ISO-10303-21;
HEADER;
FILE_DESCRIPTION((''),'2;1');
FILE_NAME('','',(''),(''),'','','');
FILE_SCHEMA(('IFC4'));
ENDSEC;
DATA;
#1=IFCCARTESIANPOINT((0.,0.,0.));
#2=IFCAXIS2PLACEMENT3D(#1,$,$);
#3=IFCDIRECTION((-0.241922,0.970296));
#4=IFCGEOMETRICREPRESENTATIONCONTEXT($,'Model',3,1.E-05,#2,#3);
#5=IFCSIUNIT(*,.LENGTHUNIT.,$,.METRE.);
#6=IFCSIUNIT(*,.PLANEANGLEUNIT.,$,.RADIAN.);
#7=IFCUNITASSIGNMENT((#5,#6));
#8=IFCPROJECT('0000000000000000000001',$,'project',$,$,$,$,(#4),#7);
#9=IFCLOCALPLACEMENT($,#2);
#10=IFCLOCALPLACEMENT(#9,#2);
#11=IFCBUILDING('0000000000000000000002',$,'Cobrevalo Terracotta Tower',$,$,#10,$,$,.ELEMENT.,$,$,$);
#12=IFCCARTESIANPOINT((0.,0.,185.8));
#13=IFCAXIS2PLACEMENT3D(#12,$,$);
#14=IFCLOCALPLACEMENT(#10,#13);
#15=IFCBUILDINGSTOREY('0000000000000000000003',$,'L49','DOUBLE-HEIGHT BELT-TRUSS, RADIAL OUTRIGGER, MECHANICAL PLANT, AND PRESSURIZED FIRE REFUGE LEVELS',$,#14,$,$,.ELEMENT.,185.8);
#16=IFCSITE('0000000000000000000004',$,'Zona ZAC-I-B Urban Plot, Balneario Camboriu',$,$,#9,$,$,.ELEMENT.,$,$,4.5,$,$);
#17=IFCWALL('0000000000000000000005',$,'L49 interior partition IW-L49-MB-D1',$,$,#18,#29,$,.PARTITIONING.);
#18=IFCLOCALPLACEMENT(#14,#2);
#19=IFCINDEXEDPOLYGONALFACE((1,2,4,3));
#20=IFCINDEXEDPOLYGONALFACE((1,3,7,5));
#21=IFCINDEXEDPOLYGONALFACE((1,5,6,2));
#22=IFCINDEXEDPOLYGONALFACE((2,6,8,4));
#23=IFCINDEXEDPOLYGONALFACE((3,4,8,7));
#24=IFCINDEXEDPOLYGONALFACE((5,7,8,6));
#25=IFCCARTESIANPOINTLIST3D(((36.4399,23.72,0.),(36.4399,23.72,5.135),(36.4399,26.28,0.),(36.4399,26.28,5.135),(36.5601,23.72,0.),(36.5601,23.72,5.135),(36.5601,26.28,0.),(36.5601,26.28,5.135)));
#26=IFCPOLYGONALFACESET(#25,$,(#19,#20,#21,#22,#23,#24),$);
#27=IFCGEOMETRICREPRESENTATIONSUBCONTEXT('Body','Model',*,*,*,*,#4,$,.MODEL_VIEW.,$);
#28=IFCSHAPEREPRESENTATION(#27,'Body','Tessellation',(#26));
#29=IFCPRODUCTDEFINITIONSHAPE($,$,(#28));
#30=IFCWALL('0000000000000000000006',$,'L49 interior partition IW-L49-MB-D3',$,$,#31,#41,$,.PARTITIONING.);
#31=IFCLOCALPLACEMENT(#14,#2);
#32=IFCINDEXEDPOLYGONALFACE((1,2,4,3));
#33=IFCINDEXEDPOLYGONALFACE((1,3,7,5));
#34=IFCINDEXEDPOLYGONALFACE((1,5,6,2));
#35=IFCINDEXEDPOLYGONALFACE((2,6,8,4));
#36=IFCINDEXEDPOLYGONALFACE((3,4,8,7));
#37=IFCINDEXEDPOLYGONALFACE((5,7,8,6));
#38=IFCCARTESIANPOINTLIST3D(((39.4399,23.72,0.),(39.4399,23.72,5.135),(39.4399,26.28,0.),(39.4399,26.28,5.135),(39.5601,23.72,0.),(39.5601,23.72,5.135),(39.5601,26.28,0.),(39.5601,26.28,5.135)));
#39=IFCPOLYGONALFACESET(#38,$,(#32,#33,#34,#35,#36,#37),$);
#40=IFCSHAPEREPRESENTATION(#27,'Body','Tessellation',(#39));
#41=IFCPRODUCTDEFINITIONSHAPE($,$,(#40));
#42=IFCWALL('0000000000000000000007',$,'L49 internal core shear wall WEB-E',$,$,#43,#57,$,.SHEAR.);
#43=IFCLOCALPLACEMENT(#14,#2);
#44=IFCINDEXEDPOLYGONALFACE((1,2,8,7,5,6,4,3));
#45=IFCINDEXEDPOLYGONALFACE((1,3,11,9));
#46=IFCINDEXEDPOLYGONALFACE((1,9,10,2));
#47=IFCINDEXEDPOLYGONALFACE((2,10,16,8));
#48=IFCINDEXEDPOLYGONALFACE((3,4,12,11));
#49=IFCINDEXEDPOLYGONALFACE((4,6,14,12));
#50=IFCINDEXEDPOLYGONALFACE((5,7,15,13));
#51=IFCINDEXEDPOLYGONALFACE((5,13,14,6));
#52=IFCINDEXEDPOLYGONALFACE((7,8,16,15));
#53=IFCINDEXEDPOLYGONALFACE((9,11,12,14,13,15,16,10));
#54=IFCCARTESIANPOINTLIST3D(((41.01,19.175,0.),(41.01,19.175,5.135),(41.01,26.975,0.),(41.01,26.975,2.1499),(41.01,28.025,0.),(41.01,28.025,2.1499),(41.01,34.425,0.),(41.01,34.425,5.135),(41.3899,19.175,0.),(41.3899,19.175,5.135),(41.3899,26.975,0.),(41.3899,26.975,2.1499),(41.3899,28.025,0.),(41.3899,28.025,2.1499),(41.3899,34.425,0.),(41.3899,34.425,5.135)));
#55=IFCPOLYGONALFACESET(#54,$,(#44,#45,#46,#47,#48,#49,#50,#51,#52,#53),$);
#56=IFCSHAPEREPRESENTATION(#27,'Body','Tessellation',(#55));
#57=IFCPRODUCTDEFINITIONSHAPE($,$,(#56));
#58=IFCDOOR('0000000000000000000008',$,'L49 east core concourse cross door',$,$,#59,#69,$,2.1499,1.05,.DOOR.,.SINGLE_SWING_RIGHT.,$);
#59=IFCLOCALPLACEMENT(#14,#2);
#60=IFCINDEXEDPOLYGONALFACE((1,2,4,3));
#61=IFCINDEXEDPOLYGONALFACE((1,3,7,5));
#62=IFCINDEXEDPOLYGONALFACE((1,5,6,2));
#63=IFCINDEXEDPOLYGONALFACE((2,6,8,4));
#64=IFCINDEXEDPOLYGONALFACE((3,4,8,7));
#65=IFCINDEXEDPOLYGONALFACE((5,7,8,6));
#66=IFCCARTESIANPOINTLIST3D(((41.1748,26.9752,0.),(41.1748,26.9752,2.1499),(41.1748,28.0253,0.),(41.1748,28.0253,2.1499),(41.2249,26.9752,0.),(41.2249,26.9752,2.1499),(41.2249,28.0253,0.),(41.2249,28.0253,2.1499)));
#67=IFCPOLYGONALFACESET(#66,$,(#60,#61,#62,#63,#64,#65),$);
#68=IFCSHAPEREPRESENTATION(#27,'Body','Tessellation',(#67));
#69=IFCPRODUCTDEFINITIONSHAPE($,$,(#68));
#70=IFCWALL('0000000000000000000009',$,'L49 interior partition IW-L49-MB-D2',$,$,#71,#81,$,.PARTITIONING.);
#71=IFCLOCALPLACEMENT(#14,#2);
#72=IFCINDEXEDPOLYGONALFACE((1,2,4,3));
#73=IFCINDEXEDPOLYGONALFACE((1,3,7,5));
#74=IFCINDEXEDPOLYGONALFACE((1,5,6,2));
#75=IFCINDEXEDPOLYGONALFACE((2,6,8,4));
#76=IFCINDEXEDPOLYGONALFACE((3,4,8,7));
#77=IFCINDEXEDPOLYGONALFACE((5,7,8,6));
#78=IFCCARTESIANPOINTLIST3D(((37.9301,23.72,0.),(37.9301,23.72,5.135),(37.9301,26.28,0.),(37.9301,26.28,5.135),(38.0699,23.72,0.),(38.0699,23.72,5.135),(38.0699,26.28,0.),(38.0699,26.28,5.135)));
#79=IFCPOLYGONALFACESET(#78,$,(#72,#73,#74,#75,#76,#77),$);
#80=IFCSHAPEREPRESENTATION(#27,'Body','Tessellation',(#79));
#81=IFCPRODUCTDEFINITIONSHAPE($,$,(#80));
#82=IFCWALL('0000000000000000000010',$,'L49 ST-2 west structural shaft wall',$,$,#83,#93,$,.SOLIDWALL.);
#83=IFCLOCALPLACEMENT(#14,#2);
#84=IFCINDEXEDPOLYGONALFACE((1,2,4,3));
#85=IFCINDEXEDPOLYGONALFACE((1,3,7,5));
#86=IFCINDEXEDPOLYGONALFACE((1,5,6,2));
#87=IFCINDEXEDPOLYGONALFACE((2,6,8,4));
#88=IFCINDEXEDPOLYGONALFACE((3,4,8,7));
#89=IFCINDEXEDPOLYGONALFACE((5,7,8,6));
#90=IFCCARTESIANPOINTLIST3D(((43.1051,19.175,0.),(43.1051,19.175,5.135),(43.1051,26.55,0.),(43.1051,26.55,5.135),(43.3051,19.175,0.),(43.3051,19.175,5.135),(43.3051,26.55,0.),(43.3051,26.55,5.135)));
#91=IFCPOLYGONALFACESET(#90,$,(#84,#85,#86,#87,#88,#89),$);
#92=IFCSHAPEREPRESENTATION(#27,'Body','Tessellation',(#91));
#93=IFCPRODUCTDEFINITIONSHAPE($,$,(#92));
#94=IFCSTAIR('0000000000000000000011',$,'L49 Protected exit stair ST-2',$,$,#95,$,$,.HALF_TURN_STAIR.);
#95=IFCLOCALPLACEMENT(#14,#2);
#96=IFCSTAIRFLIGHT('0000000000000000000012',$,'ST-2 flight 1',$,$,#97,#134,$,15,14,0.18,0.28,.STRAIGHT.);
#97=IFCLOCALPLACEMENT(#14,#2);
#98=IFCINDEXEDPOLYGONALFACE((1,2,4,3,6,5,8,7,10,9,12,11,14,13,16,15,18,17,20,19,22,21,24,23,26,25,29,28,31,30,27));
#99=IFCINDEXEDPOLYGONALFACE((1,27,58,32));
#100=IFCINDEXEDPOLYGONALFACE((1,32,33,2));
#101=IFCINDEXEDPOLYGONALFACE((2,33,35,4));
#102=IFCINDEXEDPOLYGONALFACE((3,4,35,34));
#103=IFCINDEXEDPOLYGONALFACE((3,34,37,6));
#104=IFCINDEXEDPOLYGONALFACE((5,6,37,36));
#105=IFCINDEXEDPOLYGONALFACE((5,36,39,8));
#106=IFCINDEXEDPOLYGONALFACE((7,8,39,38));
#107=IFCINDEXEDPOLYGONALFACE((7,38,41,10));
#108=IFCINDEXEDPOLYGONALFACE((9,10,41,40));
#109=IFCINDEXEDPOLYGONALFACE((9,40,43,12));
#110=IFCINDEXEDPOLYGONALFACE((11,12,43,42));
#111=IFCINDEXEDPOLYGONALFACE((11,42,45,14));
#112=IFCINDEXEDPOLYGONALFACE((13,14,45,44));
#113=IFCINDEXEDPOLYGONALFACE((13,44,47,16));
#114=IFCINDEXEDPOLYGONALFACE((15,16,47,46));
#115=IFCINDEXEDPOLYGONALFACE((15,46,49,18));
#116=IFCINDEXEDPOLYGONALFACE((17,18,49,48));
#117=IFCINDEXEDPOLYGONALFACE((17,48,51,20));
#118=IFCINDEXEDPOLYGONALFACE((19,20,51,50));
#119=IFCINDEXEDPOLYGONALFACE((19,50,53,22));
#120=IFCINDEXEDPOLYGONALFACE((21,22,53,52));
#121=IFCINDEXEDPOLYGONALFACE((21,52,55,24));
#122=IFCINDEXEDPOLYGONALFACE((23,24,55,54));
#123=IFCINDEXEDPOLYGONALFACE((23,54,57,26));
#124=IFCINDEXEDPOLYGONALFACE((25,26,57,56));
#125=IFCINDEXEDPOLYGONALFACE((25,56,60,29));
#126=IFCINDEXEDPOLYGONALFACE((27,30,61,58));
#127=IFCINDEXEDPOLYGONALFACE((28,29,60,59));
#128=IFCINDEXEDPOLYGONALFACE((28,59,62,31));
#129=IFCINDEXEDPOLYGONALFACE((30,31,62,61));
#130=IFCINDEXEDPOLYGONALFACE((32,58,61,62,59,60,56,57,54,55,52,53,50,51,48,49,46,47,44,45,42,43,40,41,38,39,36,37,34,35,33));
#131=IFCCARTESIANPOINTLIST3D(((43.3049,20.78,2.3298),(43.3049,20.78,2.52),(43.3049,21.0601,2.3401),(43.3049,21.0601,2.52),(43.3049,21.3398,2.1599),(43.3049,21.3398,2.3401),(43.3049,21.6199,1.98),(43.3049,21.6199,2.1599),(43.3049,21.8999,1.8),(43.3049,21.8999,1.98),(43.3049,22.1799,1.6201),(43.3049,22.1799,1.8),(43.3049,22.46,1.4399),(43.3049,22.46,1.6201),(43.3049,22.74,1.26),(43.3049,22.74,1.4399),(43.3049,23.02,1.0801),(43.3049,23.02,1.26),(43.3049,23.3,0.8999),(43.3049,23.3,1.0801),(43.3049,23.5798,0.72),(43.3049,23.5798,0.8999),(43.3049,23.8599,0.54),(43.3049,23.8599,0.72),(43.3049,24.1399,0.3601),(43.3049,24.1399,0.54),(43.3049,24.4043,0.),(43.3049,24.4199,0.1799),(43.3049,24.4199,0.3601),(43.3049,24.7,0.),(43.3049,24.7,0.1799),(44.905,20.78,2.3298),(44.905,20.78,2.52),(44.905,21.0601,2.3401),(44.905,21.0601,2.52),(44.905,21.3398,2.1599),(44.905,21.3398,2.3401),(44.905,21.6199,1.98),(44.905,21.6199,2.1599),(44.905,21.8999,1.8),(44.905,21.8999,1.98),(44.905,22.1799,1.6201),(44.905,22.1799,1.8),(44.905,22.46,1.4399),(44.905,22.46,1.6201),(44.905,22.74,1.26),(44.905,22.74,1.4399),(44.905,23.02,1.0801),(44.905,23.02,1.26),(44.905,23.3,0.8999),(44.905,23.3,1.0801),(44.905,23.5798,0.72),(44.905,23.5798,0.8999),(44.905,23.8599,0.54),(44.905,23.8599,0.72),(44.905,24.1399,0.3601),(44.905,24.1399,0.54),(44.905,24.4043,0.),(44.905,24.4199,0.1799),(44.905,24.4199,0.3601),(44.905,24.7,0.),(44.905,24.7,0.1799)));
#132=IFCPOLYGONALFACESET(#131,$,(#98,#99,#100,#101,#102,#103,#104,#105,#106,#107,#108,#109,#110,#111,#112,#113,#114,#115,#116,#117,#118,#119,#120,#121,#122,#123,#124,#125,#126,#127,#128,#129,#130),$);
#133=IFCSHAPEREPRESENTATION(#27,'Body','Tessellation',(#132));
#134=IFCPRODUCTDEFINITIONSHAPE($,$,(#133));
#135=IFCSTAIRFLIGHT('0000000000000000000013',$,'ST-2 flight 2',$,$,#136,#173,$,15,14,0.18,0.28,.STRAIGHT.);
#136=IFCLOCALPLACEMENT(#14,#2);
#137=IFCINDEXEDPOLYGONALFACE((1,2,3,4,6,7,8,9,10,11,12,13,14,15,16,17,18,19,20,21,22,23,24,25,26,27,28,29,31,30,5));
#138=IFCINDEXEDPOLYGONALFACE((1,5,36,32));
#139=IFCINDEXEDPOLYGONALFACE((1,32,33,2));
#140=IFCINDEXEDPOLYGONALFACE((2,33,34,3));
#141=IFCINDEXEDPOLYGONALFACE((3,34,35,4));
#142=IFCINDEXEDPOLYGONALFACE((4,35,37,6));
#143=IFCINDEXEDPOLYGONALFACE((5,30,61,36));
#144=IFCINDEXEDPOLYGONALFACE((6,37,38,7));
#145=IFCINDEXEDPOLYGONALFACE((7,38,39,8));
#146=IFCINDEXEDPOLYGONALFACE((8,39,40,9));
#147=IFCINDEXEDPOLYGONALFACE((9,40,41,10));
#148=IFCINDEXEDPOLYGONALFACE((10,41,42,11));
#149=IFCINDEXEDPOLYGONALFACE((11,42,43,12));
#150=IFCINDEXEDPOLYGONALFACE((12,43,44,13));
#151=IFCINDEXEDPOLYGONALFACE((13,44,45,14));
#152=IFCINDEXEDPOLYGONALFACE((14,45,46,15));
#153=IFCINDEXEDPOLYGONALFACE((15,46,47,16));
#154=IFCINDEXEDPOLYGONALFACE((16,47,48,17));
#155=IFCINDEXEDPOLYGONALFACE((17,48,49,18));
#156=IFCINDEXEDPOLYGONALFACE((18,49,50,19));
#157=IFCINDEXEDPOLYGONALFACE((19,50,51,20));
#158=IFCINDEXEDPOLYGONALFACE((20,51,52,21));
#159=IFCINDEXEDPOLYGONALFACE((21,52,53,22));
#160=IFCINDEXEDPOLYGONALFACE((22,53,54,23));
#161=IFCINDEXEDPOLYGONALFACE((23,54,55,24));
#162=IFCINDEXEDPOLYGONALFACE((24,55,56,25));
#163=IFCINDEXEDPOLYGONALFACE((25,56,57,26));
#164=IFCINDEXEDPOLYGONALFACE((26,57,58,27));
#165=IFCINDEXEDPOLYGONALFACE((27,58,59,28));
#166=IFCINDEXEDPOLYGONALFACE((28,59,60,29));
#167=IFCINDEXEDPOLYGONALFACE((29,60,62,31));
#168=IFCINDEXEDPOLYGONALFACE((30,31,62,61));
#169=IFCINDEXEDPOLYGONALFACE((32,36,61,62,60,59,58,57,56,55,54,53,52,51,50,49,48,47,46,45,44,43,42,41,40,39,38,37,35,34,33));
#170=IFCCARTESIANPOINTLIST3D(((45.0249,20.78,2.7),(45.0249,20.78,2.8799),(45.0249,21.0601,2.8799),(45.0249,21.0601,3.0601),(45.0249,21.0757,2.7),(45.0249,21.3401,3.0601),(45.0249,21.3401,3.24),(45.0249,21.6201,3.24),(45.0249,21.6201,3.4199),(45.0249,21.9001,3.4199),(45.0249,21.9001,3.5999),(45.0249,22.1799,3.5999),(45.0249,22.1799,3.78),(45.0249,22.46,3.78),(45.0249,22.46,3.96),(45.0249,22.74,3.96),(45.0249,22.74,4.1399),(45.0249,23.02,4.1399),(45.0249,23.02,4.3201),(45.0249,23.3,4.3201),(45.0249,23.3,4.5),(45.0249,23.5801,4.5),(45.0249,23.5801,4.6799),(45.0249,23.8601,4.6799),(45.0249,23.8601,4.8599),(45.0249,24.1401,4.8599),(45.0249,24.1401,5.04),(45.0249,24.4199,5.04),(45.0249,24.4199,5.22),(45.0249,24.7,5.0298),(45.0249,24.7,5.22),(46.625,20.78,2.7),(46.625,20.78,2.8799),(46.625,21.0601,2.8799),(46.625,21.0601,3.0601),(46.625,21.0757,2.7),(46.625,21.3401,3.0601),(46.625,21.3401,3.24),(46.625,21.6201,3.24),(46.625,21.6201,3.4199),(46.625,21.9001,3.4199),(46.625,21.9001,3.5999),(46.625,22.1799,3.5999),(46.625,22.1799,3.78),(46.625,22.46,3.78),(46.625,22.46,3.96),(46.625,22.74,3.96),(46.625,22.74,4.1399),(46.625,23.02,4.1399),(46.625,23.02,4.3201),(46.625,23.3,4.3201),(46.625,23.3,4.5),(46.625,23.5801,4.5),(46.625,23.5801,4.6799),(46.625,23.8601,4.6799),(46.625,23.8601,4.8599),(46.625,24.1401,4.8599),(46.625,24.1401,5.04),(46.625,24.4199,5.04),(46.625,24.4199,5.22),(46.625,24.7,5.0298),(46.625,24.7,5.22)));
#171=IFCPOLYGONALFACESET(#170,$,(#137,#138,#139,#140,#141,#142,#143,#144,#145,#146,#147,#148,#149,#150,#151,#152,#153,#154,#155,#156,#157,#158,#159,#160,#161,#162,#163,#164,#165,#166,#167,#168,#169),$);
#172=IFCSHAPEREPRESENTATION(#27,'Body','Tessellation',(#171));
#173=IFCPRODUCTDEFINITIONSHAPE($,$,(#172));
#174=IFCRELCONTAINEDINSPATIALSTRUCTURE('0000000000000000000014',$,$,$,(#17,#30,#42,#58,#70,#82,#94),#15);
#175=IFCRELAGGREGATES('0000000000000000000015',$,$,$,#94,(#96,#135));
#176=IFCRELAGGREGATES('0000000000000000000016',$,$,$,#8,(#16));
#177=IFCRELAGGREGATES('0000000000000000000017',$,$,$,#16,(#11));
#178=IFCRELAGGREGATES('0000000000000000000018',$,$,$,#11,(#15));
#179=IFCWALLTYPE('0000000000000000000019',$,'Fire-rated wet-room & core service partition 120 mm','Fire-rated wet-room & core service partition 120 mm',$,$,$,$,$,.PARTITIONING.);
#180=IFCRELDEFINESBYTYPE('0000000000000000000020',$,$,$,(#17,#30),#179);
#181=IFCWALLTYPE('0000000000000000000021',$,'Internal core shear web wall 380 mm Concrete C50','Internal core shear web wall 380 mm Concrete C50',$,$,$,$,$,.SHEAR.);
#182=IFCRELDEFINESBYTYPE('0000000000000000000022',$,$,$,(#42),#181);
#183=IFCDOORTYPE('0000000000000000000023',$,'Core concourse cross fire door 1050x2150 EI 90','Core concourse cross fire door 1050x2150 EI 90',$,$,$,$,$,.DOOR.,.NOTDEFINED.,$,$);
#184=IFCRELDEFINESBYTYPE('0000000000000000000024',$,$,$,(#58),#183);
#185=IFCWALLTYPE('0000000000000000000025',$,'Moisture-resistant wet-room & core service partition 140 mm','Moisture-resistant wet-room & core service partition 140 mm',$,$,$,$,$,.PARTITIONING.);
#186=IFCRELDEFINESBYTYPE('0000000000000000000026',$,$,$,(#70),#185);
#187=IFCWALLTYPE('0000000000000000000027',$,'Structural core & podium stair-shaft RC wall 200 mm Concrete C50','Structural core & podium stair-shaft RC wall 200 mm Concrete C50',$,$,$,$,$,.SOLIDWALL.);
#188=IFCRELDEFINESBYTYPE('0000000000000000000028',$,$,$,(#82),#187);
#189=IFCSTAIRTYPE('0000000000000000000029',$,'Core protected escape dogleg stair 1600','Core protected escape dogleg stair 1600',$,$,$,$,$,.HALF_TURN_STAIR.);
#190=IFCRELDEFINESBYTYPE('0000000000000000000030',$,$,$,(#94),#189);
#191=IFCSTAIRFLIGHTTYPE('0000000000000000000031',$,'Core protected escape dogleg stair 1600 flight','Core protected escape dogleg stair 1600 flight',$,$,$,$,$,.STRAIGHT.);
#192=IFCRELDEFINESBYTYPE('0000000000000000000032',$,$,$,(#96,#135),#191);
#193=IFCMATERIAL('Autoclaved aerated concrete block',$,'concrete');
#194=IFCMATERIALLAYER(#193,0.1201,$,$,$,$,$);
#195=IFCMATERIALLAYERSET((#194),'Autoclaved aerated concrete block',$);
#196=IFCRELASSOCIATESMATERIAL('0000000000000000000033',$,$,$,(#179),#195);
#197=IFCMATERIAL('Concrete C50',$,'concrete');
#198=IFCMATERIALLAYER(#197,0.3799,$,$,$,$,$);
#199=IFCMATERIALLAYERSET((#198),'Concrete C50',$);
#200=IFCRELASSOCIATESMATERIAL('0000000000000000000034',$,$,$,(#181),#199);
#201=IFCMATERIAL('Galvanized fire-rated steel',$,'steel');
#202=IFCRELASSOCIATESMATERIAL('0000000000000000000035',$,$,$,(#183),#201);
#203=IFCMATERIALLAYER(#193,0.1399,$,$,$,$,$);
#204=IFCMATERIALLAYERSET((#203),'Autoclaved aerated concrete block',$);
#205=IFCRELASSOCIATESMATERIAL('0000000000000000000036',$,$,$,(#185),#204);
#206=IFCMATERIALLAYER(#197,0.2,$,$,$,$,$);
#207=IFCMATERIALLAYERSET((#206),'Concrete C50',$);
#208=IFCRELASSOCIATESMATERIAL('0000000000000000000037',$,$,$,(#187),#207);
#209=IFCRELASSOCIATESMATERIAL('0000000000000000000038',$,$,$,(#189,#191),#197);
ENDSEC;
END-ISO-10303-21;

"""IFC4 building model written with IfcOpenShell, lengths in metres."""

from ifc_helpers import new_model, si_unit, direction, frame, frame_2d, origin, place, context, subcontext, project, spatial, polyline, rectangle, outline, extrude, source, transform, mapped, material, layer, layer_set, type_object, element, fill, aggregate, save


model = new_model("IFC4")

# Units and contexts
model_context = context("Model", 3, precision=1e-05, world=origin(), true_north=direction((-0.241922, 0.970296)))
body_context = subcontext(model_context, "Body", "Model", "MODEL_VIEW")
ifc_project = project(units=[si_unit("LENGTHUNIT", "METRE"), si_unit("PLANEANGLEUNIT", "RADIAN")], contexts=[model_context])

# Site, building, storey
site_placement = place(None, origin())
site = spatial("IfcSite", under=ifc_project, at=site_placement, Name="Zona ZAC-I-B Urban Plot, Balneario Camboriu", CompositionType="ELEMENT", RefElevation=4.5)
building_placement = place(site_placement, origin())
building = spatial("IfcBuilding", under=site, at=building_placement, Name="Cobrevalo Terracotta Tower", CompositionType="ELEMENT")
storey_placement = place(building_placement, frame((0.0, 0.0, 185.8)))
storey = spatial("IfcBuildingStorey", under=building, at=storey_placement, Name="L49", Description="DOUBLE-HEIGHT BELT-TRUSS, RADIAL OUTRIGGER, MECHANICAL PLANT, AND PRESSURIZED FIRE REFUGE LEVELS", CompositionType="ELEMENT", Elevation=185.8)

# Shared definitions
ifc_material_1 = material(Name="Galvanized fire-rated steel", Category="steel")

# Walls
ifc_material_2 = material(Name="Autoclaved aerated concrete block", Category="concrete")
ifc_layer_1 = layer(ifc_material_2, 0.1201)
ifc_layer_set_1 = layer_set([ifc_layer_1], Name="Autoclaved aerated concrete block")
wall_type_1 = type_object("IfcWallType", Name="Fire-rated wet-room & core service partition 120 mm", Description="Fire-rated wet-room & core service partition 120 mm", PredefinedType="PARTITIONING", material=ifc_layer_set_1)
for number, where, z_axis, x_axis, name in (
    (1, (36.5, 23.72, 0.0), (0.0, 0.0, 1.0), (0.0, 1.0, 0.0), "L49 interior partition IW-L49-MB-D1"),
    (2, (39.5, 23.72, 0.0), (0.0, 0.0, 1.0), (0.0, 1.0, 0.0), "L49 interior partition IW-L49-MB-D3"),
):
    element("IfcWall", number, at=place(storey_placement, frame(where, z_axis=z_axis, x_axis=x_axis)), inside=storey, type_object=wall_type_1, Name=name, PredefinedType="PARTITIONING", context=body_context, shape_type="SweptSolid", body=[
        extrude(rectangle(XDim=2.5601, YDim=0.1201, at=frame_2d((1.28, 0.0))), origin(), (0.0, 0.0, 1.0), 5.135),
    ])

# Wall, opening, door
ifc_material_3 = material(Name="Concrete C50", Category="concrete")
ifc_layer_2 = layer(ifc_material_3, 0.3799)
ifc_layer_set_2 = layer_set([ifc_layer_2], Name="Concrete C50")
wall_type_2 = type_object("IfcWallType", Name="Internal core shear web wall 380 mm Concrete C50", Description="Internal core shear web wall 380 mm Concrete C50", PredefinedType="SHEAR", material=ifc_layer_set_2)
wall_1_placement = place(storey_placement, frame((41.2, 19.175, 0.0), z_axis=(0.0, 0.0, 1.0), x_axis=(0.0, 1.0, 0.0)))
wall_1 = element("IfcWall", 3, at=wall_1_placement, inside=storey, type_object=wall_type_2, Name="L49 internal core shear wall WEB-E", PredefinedType="SHEAR", context=body_context, shape_type="SweptSolid", body=[
    extrude(rectangle(XDim=15.25, YDim=0.3799, at=frame_2d((7.625, 0.0))), origin(), (0.0, 0.0, 1.0), 5.135),
])
opening_1_placement = place(wall_1_placement, frame((7.8, 0.0, 0.0)))
opening_1 = element("IfcOpeningElement", 4, at=opening_1_placement, cuts=wall_1, PredefinedType="OPENING", context=body_context, shape_type="SweptSolid", body=[
    extrude(rectangle(XDim=1.05, YDim=2.1499, at=frame_2d((0.5249, 1.075))), frame((0.0, 0.2, 0.0), z_axis=(0.0, -1.0, 0.0), x_axis=(1.0, 0.0, 0.0)), (0.0, 0.0, 1.0), 0.3999),
])
door_type_1 = type_object("IfcDoorType", Name="Core concourse cross fire door 1050x2150 EI 90", Description="Core concourse cross fire door 1050x2150 EI 90", OperationType="NOTDEFINED", PredefinedType="DOOR", material=ifc_material_1)
shared_shape_1 = source(origin(), body_context, "Body", "SweptSolid", [
    extrude(rectangle(XDim=1.05, YDim=2.1499, at=frame_2d((0.5249, 1.075))), frame((0.0, 0.0249, 0.0), z_axis=(0.0, -1.0, 0.0), x_axis=(1.0, 0.0, 0.0)), (0.0, 0.0, 1.0), 0.05),
])
door_1_placement = place(opening_1_placement, frame((1.05, 0.0, 0.0), z_axis=(0.0, 0.0, 1.0), x_axis=(-1.0, 0.0, 0.0)))
door_1 = element("IfcDoor", 5, at=door_1_placement, inside=storey, type_object=door_type_1, Name="L49 east core concourse cross door", OperationType="SINGLE_SWING_RIGHT", OverallHeight=2.1499, OverallWidth=1.05, PredefinedType="DOOR", context=body_context, shape_type="MappedRepresentation", body=[
    mapped(shared_shape_1, transform((0.0, 0.0, 0.0), scale=1.0)),
])
fill(opening_1, door_1)

# Walls
ifc_layer_3 = layer(ifc_material_2, 0.1399)
ifc_layer_set_3 = layer_set([ifc_layer_3], Name="Autoclaved aerated concrete block")
wall_type_3 = type_object("IfcWallType", Name="Moisture-resistant wet-room & core service partition 140 mm", Description="Moisture-resistant wet-room & core service partition 140 mm", PredefinedType="PARTITIONING", material=ifc_layer_set_3)
wall_2_placement = place(storey_placement, frame((38.0, 23.72, 0.0), z_axis=(0.0, 0.0, 1.0), x_axis=(0.0, 1.0, 0.0)))
element("IfcWall", 6, at=wall_2_placement, inside=storey, type_object=wall_type_3, Name="L49 interior partition IW-L49-MB-D2", PredefinedType="PARTITIONING", context=body_context, shape_type="SweptSolid", body=[
    extrude(rectangle(XDim=2.5601, YDim=0.1399, at=frame_2d((1.28, 0.0))), origin(), (0.0, 0.0, 1.0), 5.135),
])
ifc_layer_4 = layer(ifc_material_3, 0.2)
ifc_layer_set_4 = layer_set([ifc_layer_4], Name="Concrete C50")
wall_type_4 = type_object("IfcWallType", Name="Structural core & podium stair-shaft RC wall 200 mm Concrete C50", Description="Structural core & podium stair-shaft RC wall 200 mm Concrete C50", PredefinedType="SOLIDWALL", material=ifc_layer_set_4)
wall_3_placement = place(storey_placement, frame((43.2051, 19.175, 0.0), z_axis=(0.0, 0.0, 1.0), x_axis=(0.0, 1.0, 0.0)))
element("IfcWall", 7, at=wall_3_placement, inside=storey, type_object=wall_type_4, Name="L49 ST-2 west structural shaft wall", PredefinedType="SOLIDWALL", context=body_context, shape_type="SweptSolid", body=[
    extrude(rectangle(XDim=7.375, YDim=0.2, at=frame_2d((3.6875, 0.0))), origin(), (0.0, 0.0, 1.0), 5.135),
])

# Stair, stair flights
stair_type = type_object("IfcStairType", Name="Core protected escape dogleg stair 1600", Description="Core protected escape dogleg stair 1600", PredefinedType="HALF_TURN_STAIR", material=ifc_material_3)
stair_placement = place(storey_placement, origin())
stair = element("IfcStair", 8, at=stair_placement, inside=storey, type_object=stair_type, Name="L49 Protected exit stair ST-2", PredefinedType="HALF_TURN_STAIR")
stair_flight_type = type_object("IfcStairFlightType", Name="Core protected escape dogleg stair 1600 flight", Description="Core protected escape dogleg stair 1600 flight", PredefinedType="STRAIGHT", material=ifc_material_3)
stair_flight_1_placement = place(storey_placement, frame((44.105, 24.7, 0.0), z_axis=(0.0, 0.0, 1.0), x_axis=(0.0, -1.0, 0.0)))
stair_flight_1 = element("IfcStairFlight", 9, at=stair_flight_1_placement, type_object=stair_flight_type, Name="ST-2 flight 1", NumberOfRisers=15, NumberOfTreads=14, PredefinedType="STRAIGHT", RiserHeight=0.18, TreadLength=0.28, context=body_context, shape_type="SweptSolid", body=[
    extrude(outline(polyline([(0.0, 0.0), (0.0, 0.1799), (0.28, 0.1799), (0.28, 0.3601), (0.5601, 0.3601), (0.5601, 0.54), (0.8401, 0.54), (0.8401, 0.72), (1.1201, 0.72), (1.1201, 0.8999), (1.3999, 0.8999), (1.3999, 1.0801), (1.6799, 1.0801), (1.6799, 1.26), (1.96, 1.26), (1.96, 1.4399), (2.24, 1.4399), (2.24, 1.6201), (2.52, 1.6201), (2.52, 1.8), (2.8, 1.8), (2.8, 1.98), (3.0801, 1.98), (3.0801, 2.1599), (3.3601, 2.1599), (3.3601, 2.3401), (3.6399, 2.3401), (3.6399, 2.52), (3.9199, 2.52), (3.9199, 2.7), (3.9199, 2.3298), (0.2957, 0.0), (0.0, 0.0)])), frame((0.0, 0.8, 0.0), z_axis=(0.0, -1.0, 0.0), x_axis=(1.0, 0.0, 0.0)), (0.0, 0.0, 1.0), 1.6001),
])
stair_flight_2_placement = place(storey_placement, frame((45.825, 20.78, 2.7), z_axis=(0.0, 0.0, 1.0), x_axis=(0.0, 1.0, 0.0)))
stair_flight_2 = element("IfcStairFlight", 10, at=stair_flight_2_placement, type_object=stair_flight_type, Name="ST-2 flight 2", NumberOfRisers=15, NumberOfTreads=14, PredefinedType="STRAIGHT", RiserHeight=0.18, TreadLength=0.28, context=body_context, shape_type="SweptSolid", body=[
    extrude(outline(polyline([(0.0, 0.0), (0.0, 0.1799), (0.28, 0.1799), (0.28, 0.3601), (0.5601, 0.3601), (0.5601, 0.54), (0.8401, 0.54), (0.8401, 0.72), (1.1201, 0.72), (1.1201, 0.8999), (1.3999, 0.8999), (1.3999, 1.0801), (1.6799, 1.0801), (1.6799, 1.26), (1.96, 1.26), (1.96, 1.4399), (2.24, 1.4399), (2.24, 1.6201), (2.52, 1.6201), (2.52, 1.8), (2.8, 1.8), (2.8, 1.98), (3.0801, 1.98), (3.0801, 2.1599), (3.3601, 2.1599), (3.3601, 2.3401), (3.6399, 2.3401), (3.6399, 2.52), (3.9199, 2.52), (3.9199, 2.7), (3.9199, 2.3298), (0.2957, 0.0), (0.0, 0.0)])), frame((0.0, 0.8, 0.0), z_axis=(0.0, -1.0, 0.0), x_axis=(1.0, 0.0, 0.0)), (0.0, 0.0, 1.0), 1.6001),
])
aggregate(stair, [stair_flight_1, stair_flight_2])

save(model, "model.ifc")
